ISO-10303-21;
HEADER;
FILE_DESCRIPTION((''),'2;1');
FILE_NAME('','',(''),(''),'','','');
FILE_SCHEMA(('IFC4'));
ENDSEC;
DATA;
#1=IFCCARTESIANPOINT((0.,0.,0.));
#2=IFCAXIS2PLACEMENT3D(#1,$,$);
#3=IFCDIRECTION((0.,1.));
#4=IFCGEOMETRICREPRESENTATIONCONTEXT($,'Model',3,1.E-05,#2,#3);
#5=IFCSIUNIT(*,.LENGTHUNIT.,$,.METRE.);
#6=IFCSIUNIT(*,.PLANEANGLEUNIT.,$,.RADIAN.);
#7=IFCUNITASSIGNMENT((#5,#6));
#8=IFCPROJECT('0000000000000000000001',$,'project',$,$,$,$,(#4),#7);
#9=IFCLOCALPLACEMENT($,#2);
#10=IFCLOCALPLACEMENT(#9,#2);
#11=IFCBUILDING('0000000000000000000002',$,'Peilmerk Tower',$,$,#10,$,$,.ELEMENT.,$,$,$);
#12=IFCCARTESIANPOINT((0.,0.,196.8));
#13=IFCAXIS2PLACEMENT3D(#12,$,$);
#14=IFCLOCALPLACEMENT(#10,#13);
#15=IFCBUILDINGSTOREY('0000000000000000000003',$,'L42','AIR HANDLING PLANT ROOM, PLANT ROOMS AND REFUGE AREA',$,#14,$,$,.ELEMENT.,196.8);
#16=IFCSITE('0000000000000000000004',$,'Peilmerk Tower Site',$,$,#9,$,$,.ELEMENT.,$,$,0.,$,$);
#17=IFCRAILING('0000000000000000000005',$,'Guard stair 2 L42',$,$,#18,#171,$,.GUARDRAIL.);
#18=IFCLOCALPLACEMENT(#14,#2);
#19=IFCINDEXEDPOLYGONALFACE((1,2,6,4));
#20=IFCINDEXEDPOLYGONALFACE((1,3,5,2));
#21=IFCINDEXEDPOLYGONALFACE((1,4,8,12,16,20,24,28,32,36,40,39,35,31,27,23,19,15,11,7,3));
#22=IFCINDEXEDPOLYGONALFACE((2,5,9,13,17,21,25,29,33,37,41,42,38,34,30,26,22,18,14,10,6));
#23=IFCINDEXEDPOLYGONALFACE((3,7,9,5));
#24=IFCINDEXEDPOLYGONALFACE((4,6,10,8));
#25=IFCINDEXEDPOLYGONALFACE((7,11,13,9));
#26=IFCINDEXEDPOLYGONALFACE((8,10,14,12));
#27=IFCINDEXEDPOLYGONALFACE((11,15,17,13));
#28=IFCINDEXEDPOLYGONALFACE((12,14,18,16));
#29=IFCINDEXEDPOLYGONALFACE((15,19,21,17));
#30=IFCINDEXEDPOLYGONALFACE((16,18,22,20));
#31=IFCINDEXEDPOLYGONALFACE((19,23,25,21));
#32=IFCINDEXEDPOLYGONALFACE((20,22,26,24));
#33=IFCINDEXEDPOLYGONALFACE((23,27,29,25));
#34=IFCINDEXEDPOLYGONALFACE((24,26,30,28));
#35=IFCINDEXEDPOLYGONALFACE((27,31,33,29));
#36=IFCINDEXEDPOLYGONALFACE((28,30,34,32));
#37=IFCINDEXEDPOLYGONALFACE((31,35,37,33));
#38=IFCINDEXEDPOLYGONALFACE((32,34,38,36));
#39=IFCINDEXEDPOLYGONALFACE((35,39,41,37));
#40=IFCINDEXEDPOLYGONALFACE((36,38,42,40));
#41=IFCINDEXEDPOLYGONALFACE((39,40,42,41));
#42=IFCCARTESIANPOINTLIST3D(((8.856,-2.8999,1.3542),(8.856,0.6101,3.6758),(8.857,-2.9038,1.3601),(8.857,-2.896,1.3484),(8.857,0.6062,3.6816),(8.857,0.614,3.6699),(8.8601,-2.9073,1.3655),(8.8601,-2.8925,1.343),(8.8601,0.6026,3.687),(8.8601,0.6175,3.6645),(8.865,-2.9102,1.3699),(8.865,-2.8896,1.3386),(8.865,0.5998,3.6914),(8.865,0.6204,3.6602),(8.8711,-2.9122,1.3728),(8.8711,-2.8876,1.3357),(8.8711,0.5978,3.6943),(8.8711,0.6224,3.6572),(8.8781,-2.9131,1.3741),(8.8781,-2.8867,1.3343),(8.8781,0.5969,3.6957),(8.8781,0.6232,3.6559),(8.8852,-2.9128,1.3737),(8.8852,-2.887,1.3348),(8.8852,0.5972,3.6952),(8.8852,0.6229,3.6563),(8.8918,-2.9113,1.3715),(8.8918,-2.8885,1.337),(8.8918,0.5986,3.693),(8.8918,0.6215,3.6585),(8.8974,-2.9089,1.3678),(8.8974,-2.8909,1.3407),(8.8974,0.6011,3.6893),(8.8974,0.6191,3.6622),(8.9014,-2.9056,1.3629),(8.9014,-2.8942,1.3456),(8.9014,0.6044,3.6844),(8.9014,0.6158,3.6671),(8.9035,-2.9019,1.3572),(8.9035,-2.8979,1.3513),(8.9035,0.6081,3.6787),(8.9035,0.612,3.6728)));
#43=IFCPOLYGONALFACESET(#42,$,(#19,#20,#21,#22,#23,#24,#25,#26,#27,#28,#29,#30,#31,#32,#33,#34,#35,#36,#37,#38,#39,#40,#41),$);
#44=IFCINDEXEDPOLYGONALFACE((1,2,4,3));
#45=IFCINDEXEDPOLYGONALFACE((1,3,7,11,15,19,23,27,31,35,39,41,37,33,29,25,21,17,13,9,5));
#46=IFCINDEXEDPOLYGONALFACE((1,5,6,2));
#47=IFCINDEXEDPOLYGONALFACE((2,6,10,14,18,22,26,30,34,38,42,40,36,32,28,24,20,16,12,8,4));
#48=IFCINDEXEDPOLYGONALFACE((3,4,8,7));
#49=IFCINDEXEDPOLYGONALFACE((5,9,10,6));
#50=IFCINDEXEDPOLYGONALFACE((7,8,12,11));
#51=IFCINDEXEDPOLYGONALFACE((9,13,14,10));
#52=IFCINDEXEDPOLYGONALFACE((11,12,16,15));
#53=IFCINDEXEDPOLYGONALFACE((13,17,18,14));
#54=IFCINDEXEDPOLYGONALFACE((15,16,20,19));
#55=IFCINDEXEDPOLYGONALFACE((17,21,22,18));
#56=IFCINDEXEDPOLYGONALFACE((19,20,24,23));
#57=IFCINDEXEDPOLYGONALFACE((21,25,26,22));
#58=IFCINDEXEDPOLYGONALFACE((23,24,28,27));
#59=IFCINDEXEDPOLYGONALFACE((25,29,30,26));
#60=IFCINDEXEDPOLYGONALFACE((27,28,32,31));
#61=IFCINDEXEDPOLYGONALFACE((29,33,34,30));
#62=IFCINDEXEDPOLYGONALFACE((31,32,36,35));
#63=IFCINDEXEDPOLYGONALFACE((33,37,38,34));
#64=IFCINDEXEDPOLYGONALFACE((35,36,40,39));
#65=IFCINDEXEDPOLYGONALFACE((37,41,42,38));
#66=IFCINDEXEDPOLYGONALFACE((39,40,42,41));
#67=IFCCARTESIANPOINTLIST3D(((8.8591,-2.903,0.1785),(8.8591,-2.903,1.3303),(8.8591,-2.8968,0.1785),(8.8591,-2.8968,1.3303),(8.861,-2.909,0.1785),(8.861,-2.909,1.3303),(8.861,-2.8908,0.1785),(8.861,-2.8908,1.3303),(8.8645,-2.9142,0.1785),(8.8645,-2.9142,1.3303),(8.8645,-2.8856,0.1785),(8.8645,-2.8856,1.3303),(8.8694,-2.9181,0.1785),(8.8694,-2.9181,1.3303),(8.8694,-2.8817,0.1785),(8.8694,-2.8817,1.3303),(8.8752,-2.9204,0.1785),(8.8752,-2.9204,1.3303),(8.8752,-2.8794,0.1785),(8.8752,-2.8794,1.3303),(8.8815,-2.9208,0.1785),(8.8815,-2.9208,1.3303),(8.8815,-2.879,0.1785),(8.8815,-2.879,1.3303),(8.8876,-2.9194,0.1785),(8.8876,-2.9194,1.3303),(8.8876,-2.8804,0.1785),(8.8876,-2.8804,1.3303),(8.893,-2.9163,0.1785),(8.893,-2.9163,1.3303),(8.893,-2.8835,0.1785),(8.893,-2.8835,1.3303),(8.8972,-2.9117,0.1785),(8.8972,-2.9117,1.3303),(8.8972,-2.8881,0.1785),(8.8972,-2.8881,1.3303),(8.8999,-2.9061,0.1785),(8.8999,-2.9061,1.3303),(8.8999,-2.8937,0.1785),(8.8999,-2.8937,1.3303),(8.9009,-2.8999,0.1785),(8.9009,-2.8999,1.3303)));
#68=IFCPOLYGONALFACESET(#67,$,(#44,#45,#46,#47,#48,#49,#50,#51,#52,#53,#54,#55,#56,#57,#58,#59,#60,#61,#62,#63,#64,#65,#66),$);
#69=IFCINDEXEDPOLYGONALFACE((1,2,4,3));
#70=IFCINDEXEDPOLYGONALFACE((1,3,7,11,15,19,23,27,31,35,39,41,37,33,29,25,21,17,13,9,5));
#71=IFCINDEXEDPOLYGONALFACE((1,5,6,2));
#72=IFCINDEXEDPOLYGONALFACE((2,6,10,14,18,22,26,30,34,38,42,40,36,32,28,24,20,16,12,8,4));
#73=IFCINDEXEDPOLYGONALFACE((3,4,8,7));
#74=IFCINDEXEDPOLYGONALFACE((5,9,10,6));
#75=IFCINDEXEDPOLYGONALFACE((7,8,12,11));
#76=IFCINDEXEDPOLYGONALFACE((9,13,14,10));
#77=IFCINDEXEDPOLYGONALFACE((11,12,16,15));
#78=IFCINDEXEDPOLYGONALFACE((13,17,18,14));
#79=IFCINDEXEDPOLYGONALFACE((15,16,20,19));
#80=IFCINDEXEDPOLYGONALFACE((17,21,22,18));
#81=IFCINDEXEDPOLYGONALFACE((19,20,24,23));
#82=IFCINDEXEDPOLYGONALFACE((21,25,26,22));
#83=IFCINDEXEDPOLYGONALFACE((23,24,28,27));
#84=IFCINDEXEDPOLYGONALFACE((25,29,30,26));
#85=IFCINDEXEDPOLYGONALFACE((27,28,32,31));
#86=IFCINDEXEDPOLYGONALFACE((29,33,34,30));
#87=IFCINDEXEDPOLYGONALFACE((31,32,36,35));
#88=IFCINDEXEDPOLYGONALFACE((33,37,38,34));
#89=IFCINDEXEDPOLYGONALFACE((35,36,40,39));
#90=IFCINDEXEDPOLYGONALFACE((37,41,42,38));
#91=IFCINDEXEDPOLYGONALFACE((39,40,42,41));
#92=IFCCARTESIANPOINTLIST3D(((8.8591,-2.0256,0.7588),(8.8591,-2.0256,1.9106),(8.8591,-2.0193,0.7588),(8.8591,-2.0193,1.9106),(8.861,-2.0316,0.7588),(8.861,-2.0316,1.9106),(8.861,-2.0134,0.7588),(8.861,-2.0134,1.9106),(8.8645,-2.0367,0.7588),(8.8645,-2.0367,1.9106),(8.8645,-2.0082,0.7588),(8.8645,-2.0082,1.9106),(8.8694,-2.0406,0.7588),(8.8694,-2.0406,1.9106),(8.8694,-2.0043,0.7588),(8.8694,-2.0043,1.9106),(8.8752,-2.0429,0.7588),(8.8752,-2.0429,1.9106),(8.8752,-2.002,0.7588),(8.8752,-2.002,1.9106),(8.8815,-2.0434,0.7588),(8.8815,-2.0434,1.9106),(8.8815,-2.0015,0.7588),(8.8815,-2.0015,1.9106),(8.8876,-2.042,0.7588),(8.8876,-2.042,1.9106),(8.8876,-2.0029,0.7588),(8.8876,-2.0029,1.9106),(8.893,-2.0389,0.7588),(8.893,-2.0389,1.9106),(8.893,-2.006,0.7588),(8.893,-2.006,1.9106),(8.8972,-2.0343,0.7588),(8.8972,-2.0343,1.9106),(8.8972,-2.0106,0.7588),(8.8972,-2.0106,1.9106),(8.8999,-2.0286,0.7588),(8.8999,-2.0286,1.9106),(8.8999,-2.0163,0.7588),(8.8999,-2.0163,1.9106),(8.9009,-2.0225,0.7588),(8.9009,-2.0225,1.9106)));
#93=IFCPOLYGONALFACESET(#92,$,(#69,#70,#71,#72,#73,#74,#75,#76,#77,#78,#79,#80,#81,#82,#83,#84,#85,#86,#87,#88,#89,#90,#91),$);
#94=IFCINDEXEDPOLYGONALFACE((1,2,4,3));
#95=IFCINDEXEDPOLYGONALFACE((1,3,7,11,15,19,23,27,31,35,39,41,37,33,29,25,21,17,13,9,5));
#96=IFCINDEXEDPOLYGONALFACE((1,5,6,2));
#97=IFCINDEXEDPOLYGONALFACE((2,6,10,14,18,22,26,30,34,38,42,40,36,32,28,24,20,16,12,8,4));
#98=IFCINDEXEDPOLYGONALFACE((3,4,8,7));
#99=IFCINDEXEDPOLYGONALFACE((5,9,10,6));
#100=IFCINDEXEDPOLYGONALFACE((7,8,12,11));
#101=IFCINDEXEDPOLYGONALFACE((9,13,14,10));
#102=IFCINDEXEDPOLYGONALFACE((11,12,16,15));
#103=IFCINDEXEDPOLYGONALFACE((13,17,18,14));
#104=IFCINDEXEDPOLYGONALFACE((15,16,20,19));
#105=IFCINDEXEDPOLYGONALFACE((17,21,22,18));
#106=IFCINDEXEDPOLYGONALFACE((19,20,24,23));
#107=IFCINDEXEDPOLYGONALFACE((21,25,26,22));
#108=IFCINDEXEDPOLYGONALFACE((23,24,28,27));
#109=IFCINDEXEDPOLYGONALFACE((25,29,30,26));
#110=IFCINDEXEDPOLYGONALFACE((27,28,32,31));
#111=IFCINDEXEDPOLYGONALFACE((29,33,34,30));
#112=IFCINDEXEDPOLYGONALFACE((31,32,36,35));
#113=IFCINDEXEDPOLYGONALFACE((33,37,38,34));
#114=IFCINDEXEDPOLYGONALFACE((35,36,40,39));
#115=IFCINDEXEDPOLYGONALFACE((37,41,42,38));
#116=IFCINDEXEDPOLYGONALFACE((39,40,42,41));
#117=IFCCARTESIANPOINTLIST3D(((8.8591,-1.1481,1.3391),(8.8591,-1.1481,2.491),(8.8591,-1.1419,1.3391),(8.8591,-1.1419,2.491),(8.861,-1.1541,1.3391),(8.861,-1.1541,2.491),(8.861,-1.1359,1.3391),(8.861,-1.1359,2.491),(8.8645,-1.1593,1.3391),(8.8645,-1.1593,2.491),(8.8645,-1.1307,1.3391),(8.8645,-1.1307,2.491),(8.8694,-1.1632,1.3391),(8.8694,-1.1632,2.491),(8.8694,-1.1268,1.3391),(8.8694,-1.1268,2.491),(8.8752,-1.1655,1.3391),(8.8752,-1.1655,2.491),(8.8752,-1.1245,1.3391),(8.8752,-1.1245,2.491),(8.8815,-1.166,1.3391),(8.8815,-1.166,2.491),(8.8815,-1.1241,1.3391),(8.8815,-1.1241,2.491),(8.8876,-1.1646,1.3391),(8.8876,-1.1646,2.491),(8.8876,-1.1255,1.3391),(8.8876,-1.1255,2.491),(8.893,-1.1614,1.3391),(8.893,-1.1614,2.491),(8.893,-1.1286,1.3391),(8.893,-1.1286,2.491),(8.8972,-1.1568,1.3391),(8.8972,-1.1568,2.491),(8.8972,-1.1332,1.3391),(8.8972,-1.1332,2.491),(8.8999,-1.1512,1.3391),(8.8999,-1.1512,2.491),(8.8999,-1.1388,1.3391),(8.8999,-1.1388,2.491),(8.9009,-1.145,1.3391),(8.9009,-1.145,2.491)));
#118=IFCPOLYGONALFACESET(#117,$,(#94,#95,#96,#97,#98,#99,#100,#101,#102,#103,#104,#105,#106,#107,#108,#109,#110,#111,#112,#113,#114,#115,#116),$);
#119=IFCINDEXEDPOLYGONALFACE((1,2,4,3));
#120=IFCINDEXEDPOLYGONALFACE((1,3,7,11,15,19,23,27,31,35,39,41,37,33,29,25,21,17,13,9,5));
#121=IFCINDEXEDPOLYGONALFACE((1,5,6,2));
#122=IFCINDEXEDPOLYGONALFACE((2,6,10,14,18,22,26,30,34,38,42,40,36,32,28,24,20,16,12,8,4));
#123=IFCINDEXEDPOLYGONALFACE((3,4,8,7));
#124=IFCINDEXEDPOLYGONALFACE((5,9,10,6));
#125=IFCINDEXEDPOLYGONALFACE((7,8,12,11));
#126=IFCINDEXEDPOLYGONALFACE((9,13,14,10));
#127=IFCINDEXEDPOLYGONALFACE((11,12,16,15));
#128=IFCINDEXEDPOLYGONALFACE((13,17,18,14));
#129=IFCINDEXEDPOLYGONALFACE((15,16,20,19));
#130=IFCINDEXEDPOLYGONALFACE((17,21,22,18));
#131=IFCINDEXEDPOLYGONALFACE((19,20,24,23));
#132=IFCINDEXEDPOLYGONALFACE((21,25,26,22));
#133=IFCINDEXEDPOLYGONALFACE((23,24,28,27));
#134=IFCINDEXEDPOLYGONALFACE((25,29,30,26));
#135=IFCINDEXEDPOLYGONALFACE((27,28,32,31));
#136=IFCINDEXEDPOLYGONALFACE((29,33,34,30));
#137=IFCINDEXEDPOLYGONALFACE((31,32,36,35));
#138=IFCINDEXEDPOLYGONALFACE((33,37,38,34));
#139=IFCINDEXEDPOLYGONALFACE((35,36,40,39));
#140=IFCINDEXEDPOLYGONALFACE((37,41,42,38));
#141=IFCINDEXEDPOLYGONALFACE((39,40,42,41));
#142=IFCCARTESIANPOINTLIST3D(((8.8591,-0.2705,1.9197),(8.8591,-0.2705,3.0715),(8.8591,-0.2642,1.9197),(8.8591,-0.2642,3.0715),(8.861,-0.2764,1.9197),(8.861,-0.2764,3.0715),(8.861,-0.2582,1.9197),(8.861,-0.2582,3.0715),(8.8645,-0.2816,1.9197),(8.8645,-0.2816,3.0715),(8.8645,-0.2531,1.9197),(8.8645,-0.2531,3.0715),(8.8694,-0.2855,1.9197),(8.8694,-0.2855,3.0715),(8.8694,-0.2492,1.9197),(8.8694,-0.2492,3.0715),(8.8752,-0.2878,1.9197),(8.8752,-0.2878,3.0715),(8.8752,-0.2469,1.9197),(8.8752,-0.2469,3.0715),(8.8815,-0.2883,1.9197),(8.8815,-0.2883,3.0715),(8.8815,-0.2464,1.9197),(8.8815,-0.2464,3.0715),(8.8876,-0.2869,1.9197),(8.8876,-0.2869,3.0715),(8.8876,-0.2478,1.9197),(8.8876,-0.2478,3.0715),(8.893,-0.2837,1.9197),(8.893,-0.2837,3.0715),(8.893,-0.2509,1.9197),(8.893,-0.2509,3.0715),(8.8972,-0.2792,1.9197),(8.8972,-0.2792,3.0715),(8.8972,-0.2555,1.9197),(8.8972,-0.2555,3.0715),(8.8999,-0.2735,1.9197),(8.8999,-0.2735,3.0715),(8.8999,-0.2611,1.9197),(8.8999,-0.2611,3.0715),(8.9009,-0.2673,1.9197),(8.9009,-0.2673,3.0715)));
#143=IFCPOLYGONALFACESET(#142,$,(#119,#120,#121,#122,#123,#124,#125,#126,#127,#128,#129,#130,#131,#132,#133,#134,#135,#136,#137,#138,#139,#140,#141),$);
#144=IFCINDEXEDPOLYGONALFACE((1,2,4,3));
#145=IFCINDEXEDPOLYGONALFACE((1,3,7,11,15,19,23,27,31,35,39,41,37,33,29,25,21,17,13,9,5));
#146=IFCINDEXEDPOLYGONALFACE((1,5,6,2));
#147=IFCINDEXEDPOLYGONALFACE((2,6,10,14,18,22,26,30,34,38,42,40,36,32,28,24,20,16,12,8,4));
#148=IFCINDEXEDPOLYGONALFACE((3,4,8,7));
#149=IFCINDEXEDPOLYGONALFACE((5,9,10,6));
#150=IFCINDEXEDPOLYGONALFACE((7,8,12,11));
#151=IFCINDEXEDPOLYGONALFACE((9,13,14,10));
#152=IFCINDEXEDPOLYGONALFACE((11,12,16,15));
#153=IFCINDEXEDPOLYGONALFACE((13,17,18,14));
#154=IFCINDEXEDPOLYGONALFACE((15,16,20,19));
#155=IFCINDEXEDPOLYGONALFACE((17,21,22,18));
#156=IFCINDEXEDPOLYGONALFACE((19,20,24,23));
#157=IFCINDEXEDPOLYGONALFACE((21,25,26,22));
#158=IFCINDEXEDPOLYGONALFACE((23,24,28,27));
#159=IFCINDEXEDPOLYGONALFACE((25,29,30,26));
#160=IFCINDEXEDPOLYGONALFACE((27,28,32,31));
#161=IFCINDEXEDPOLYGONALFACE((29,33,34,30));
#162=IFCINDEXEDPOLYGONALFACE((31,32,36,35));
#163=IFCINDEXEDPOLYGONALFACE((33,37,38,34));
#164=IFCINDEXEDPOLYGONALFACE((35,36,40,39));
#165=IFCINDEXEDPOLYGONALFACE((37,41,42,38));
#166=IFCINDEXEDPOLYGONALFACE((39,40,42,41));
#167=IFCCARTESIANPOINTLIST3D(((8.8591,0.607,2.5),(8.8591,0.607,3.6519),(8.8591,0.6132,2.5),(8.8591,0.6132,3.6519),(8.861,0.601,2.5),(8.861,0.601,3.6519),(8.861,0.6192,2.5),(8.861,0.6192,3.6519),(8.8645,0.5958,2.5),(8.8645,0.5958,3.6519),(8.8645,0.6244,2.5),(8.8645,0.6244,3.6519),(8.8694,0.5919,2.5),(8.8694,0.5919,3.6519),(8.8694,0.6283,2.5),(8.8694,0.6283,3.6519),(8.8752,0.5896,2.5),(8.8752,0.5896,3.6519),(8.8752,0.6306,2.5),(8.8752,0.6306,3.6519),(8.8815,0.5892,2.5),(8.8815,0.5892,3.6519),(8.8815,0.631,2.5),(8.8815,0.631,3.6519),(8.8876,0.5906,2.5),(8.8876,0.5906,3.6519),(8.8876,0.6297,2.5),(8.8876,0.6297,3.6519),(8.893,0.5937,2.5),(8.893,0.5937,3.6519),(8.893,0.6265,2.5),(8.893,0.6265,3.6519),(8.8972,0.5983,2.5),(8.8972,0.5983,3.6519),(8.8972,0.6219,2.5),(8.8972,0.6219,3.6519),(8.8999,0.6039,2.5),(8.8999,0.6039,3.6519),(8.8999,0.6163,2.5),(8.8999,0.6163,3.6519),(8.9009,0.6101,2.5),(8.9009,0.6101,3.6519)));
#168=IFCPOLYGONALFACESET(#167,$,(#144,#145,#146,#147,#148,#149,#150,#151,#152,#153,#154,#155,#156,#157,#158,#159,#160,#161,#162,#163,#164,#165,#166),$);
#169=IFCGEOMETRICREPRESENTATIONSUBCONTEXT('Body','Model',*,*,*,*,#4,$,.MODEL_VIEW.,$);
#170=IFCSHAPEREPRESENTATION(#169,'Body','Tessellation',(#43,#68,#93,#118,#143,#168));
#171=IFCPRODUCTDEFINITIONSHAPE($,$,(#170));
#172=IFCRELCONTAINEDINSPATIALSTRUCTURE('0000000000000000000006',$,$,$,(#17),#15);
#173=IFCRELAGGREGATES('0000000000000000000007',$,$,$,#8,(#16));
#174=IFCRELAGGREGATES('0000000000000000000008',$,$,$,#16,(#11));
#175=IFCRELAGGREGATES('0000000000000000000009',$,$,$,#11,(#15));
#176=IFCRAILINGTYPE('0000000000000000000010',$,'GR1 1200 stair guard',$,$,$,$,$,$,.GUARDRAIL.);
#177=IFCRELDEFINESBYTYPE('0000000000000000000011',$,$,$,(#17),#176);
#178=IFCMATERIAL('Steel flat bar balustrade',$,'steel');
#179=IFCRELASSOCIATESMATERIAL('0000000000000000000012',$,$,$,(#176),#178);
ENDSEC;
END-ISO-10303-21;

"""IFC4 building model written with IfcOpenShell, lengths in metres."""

from ifc_helpers import new_model, si_unit, direction, frame, origin, origin_2d, place, context, subcontext, project, spatial, circle, extrude, material, type_object, element, save


model = new_model("IFC4")

# Units and contexts
model_context = context("Model", 3, precision=1e-05, world=origin(), true_north=direction((0.0, 1.0)))
body_context = subcontext(model_context, "Body", "Model", "MODEL_VIEW")
ifc_project = project(units=[si_unit("LENGTHUNIT", "METRE"), si_unit("PLANEANGLEUNIT", "RADIAN")], contexts=[model_context])

# Site, building, storey
site_placement = place(None, origin())
site = spatial("IfcSite", under=ifc_project, at=site_placement, Name="Peilmerk Tower Site", CompositionType="ELEMENT", RefElevation=0.0)
building_placement = place(site_placement, origin())
building = spatial("IfcBuilding", under=site, at=building_placement, Name="Peilmerk Tower", CompositionType="ELEMENT")
storey_placement = place(building_placement, frame((0.0, 0.0, 196.8)))
storey = spatial("IfcBuildingStorey", under=building, at=storey_placement, Name="L42", Description="AIR HANDLING PLANT ROOM, PLANT ROOMS AND REFUGE AREA", CompositionType="ELEMENT", Elevation=196.8)

# Railing
ifc_material_1 = material(Name="Steel flat bar balustrade", Category="steel")
railing_type = type_object("IfcRailingType", Name="GR1 1200 stair guard", PredefinedType="GUARDRAIL", material=ifc_material_1)
railing_placement = place(storey_placement, frame((8.8799, -2.8999, 0.1785)))
element("IfcRailing", 1, at=railing_placement, inside=storey, type_object=railing_type, Name="Guard stair 2 L42", PredefinedType="GUARDRAIL", context=body_context, shape_type="SweptSolid", body=[
    extrude(circle(Radius=0.0239, at=origin_2d()), frame((0.0, 0.0, 1.1758), z_axis=(0.0, 0.834071, 0.551657), x_axis=(-1.0, 0.0, 0.0)), (0.0, 0.0, 1.0), 4.2083),
    extrude(circle(Radius=0.021, at=origin_2d()), origin(), (0.0, 0.0, 1.0), 1.1519),
    extrude(circle(Radius=0.021, at=origin_2d()), frame((0.0, 0.8774, 0.5803)), (0.0, 0.0, 1.0), 1.1519),
    extrude(circle(Radius=0.021, at=origin_2d()), frame((0.0, 1.7549, 1.1606)), (0.0, 0.0, 1.0), 1.1519),
    extrude(circle(Radius=0.021, at=origin_2d()), frame((0.0, 2.6326, 1.7412)), (0.0, 0.0, 1.0), 1.1519),
    extrude(circle(Radius=0.021, at=origin_2d()), frame((0.0, 3.51, 2.3215)), (0.0, 0.0, 1.0), 1.1519),
])

save(model, "model.ifc")
